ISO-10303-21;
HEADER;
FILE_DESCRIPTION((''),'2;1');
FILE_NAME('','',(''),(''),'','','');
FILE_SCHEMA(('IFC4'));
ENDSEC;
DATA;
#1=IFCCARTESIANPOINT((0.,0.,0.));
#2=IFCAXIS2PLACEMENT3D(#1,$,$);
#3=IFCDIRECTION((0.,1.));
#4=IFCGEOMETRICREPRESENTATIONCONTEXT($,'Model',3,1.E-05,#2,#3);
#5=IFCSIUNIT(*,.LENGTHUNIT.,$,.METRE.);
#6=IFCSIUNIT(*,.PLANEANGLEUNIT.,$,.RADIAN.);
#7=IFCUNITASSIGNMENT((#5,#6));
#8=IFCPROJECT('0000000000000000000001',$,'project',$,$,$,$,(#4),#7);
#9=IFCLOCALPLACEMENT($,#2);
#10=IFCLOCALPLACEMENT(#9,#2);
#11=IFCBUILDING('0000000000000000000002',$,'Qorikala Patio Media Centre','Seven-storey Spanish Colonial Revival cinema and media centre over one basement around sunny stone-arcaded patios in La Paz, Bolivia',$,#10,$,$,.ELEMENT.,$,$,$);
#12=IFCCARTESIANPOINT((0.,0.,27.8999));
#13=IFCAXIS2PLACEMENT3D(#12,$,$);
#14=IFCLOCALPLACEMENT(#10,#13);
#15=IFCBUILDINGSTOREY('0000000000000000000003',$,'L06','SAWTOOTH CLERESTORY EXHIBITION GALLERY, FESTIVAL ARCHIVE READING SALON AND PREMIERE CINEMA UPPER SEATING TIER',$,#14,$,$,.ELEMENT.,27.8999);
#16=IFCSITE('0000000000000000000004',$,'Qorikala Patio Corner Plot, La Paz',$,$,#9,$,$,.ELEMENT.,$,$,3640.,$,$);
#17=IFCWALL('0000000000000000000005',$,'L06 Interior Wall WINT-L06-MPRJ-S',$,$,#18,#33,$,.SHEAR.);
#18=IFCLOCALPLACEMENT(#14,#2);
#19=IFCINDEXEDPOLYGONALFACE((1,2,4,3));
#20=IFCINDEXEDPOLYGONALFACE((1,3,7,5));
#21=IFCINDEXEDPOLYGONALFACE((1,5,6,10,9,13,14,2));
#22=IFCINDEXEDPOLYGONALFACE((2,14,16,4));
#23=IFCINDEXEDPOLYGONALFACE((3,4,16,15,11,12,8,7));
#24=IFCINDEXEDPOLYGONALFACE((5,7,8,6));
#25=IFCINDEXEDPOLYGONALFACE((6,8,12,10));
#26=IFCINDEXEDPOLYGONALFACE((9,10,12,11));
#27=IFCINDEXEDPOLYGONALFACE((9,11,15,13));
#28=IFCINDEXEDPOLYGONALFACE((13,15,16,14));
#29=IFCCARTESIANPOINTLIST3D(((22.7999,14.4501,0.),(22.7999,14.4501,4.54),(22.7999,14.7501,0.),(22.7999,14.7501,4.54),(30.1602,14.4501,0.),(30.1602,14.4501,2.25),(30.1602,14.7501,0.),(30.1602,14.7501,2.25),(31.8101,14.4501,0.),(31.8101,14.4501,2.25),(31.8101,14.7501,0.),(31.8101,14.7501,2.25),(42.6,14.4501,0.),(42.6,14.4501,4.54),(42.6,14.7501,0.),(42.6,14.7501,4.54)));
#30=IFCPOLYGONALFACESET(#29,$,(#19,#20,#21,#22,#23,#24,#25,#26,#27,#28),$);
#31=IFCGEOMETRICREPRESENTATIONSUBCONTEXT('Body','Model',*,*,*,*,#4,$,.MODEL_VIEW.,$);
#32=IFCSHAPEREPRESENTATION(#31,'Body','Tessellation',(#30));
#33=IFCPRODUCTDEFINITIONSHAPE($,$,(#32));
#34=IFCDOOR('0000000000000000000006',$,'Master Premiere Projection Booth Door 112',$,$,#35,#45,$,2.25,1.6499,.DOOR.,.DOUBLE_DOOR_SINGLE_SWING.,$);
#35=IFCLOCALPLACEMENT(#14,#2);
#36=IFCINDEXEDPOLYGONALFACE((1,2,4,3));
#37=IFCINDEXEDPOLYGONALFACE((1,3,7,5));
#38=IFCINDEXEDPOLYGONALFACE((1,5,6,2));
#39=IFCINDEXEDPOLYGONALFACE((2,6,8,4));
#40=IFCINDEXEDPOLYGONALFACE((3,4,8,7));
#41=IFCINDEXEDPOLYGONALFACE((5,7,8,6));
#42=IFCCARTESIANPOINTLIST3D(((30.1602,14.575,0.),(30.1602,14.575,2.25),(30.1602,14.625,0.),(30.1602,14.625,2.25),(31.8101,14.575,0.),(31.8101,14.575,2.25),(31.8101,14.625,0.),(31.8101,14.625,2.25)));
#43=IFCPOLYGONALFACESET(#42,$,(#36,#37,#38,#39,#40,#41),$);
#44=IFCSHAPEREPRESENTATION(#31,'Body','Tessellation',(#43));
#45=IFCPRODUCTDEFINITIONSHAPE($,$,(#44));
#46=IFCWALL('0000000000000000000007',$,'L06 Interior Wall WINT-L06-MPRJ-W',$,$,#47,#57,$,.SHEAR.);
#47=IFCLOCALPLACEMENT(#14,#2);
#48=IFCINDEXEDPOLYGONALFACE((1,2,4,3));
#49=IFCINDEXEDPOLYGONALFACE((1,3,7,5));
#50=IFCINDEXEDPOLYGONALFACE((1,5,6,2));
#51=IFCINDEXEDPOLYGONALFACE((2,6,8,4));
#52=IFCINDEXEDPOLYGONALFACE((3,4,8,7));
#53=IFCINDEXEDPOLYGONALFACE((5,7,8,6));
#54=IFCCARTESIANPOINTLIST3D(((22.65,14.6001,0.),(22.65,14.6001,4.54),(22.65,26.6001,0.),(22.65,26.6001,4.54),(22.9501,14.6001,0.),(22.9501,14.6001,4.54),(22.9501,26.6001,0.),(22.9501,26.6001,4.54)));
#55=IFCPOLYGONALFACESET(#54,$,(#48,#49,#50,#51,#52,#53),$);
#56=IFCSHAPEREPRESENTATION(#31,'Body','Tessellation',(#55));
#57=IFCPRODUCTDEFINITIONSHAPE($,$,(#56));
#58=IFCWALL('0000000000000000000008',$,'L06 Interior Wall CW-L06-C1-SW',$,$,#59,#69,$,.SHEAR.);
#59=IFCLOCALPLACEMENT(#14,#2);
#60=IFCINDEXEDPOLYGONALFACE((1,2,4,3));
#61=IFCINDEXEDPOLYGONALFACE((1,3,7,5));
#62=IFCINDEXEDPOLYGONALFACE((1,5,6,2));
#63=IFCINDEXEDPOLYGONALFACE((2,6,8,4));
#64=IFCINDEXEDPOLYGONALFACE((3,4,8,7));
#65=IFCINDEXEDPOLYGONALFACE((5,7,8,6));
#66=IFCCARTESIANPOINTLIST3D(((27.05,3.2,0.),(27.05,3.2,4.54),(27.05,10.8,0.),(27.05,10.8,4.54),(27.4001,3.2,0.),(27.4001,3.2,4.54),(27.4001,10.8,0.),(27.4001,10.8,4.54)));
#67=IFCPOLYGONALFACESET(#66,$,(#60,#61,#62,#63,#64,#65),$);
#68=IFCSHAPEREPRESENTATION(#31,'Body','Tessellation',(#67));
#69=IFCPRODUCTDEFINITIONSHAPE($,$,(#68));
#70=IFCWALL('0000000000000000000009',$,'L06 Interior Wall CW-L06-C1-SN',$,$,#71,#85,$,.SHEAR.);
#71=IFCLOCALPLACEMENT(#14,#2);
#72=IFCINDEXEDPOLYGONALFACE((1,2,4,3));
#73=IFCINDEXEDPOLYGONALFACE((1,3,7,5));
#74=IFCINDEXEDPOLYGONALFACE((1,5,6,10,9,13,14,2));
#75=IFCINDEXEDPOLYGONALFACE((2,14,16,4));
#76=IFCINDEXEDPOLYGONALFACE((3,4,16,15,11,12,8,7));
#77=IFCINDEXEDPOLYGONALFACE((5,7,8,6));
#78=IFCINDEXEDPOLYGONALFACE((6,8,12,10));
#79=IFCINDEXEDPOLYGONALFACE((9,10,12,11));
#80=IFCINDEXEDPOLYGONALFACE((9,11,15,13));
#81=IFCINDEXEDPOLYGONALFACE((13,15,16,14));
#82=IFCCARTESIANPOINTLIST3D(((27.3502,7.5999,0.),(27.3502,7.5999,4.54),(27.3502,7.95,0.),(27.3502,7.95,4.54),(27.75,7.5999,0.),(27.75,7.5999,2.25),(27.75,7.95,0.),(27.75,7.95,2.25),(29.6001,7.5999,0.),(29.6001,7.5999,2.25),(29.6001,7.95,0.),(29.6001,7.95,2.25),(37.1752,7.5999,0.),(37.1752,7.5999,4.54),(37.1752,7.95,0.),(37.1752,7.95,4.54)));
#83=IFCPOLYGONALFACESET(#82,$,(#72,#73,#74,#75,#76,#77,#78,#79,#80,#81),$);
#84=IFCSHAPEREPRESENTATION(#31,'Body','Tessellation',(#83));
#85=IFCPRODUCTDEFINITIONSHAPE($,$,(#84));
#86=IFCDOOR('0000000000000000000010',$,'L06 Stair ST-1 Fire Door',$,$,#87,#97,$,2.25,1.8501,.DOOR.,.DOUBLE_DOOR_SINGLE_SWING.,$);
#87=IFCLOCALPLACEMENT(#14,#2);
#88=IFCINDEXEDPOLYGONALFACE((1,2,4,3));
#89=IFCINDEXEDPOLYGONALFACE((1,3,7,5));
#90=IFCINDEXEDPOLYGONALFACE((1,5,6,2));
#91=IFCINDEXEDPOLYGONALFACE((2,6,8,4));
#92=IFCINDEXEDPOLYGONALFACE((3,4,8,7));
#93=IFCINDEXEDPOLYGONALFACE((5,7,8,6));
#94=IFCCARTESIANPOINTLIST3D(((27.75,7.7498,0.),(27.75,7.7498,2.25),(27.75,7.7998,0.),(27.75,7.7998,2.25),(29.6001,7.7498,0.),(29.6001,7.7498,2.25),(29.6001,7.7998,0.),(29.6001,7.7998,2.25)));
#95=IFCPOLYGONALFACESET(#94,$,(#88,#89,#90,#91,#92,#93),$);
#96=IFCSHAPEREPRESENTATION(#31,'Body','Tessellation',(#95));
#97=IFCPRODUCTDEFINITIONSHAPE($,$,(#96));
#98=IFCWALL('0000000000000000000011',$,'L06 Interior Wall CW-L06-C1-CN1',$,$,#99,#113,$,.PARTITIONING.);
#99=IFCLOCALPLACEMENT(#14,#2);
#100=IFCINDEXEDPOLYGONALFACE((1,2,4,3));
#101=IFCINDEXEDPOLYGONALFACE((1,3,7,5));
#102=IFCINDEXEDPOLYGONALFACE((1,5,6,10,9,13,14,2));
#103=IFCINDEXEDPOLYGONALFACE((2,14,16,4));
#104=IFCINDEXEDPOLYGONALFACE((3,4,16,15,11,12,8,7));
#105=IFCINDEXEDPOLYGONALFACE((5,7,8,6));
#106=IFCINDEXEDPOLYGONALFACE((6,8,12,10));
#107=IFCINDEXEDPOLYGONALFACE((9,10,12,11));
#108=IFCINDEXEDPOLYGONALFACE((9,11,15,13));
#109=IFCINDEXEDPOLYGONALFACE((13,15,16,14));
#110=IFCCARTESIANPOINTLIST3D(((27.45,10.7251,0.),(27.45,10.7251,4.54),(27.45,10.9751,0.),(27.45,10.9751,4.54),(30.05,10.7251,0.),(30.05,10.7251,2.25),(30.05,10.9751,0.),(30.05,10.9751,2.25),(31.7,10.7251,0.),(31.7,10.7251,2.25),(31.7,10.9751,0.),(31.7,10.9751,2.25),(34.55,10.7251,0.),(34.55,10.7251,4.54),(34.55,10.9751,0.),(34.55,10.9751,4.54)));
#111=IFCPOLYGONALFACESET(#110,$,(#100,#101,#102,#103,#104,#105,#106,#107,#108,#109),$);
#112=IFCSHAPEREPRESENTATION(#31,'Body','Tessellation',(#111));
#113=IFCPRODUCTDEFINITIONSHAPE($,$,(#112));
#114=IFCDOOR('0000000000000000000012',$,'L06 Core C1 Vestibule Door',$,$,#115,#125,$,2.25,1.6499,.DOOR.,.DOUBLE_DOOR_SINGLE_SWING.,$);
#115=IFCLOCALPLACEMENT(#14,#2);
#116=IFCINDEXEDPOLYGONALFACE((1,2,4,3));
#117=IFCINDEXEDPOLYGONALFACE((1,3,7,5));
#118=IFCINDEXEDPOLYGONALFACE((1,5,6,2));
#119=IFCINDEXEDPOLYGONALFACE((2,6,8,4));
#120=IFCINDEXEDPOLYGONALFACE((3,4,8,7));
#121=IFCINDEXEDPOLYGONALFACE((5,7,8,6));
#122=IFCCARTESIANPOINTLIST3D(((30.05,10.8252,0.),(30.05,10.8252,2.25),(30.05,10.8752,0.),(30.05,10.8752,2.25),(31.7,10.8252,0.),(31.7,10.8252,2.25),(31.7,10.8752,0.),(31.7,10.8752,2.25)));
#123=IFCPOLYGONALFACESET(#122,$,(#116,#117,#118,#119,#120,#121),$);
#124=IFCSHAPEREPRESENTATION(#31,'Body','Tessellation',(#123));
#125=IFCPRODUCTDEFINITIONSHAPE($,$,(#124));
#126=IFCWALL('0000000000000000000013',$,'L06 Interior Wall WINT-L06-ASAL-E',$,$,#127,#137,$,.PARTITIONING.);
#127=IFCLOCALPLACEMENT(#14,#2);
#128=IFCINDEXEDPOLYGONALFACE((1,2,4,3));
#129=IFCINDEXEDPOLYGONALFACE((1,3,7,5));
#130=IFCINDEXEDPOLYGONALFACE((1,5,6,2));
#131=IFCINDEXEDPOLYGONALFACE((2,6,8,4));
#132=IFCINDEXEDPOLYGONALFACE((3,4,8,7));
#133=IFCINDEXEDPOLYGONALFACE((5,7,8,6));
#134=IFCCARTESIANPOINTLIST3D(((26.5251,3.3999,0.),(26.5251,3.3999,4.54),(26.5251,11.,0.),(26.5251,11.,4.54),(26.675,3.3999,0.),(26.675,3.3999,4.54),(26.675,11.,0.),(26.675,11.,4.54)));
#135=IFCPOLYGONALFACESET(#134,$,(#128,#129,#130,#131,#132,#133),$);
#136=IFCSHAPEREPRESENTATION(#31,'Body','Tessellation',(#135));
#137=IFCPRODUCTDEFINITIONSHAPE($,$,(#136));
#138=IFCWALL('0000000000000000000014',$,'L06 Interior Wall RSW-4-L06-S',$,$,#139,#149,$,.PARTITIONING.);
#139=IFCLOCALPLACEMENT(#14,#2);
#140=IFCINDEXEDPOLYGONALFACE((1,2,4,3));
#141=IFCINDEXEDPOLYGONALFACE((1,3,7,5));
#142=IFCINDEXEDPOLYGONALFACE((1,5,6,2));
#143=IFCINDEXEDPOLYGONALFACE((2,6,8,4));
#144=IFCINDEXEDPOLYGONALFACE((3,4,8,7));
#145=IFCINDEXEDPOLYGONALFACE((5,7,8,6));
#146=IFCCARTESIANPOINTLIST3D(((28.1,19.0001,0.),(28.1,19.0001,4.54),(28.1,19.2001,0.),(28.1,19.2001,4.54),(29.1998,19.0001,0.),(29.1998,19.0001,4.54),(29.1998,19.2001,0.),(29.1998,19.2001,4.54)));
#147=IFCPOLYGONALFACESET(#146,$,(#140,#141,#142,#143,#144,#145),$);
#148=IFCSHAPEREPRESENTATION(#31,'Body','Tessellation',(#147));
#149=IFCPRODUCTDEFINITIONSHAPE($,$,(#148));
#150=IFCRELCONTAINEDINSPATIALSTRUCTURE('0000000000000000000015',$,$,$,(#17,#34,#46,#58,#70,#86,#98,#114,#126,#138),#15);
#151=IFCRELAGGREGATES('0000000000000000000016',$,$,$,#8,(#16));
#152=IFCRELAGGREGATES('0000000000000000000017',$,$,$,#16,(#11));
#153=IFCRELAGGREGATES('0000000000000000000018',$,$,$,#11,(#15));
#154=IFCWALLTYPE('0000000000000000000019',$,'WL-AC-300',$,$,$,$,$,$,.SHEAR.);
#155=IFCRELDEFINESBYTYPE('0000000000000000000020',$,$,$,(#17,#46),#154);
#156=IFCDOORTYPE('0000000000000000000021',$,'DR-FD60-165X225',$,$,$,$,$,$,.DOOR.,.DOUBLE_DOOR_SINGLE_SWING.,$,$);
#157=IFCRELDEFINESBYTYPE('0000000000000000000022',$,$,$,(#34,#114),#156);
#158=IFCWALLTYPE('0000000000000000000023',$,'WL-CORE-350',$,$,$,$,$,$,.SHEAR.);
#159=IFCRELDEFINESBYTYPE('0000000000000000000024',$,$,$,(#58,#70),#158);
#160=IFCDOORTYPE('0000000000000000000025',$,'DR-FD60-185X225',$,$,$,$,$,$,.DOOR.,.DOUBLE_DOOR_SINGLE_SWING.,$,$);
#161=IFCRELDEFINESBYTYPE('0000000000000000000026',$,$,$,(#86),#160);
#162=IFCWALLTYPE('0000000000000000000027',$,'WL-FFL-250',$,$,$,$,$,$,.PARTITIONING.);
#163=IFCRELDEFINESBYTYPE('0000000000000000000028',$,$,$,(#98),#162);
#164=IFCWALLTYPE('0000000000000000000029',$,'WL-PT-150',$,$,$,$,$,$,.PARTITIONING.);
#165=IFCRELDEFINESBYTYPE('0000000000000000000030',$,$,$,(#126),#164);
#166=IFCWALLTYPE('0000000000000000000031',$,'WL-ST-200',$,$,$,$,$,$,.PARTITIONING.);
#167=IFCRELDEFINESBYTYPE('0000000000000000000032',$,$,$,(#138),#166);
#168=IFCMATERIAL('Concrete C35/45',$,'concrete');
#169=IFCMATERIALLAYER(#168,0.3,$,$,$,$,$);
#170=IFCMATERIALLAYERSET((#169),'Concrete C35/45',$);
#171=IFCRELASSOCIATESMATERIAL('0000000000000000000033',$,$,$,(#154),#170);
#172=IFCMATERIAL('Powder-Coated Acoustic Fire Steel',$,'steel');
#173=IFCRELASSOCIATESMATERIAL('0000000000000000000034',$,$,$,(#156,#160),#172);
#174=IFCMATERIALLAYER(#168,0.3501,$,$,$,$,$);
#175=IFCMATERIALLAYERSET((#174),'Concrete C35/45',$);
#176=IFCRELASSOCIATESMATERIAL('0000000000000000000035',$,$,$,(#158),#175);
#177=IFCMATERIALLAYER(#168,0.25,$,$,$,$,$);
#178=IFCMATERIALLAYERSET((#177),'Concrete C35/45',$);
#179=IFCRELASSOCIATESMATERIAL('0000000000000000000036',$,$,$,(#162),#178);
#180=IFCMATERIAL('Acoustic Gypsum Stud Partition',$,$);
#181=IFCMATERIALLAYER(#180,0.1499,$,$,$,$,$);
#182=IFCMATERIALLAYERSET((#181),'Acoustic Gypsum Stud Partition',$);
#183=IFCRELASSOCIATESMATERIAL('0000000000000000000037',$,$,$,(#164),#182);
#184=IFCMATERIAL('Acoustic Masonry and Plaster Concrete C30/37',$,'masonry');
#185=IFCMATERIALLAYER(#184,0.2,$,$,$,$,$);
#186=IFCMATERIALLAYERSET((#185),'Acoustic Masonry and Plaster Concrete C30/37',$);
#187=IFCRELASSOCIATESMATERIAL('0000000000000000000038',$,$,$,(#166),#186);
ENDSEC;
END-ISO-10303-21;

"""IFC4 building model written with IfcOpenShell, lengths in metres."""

from ifc_helpers import new_model, si_unit, direction, frame, frame_2d, origin, place, context, subcontext, project, spatial, rectangle, extrude, material, layer, layer_set, type_object, element, fill, save


model = new_model("IFC4")

# Units and contexts
model_context = context("Model", 3, precision=1e-05, world=origin(), true_north=direction((0.0, 1.0)))
body_context = subcontext(model_context, "Body", "Model", "MODEL_VIEW")
ifc_project = project(units=[si_unit("LENGTHUNIT", "METRE"), si_unit("PLANEANGLEUNIT", "RADIAN")], contexts=[model_context])

# Site, building, storey
site_placement = place(None, origin())
site = spatial("IfcSite", under=ifc_project, at=site_placement, Name="Qorikala Patio Corner Plot, La Paz", CompositionType="ELEMENT", RefElevation=3640.0)
building_placement = place(site_placement, origin())
building = spatial("IfcBuilding", under=site, at=building_placement, Name="Qorikala Patio Media Centre", Description="Seven-storey Spanish Colonial Revival cinema and media centre over one basement around sunny stone-arcaded patios in La Paz, Bolivia", CompositionType="ELEMENT")
storey_placement = place(building_placement, frame((0.0, 0.0, 27.8999)))
storey = spatial("IfcBuildingStorey", under=building, at=storey_placement, Name="L06", Description="SAWTOOTH CLERESTORY EXHIBITION GALLERY, FESTIVAL ARCHIVE READING SALON AND PREMIERE CINEMA UPPER SEATING TIER", CompositionType="ELEMENT", Elevation=27.8999)

# Shared definitions
ifc_material_1 = material(Name="Concrete C35/45", Category="concrete")

# Wall, opening, door
ifc_layer_1 = layer(ifc_material_1, 0.3)
ifc_layer_set_1 = layer_set([ifc_layer_1], Name="Concrete C35/45")
wall_type_1 = type_object("IfcWallType", Name="WL-AC-300", PredefinedType="SHEAR", material=ifc_layer_set_1)
wall_1_placement = place(storey_placement, frame((22.8, 14.6001, 0.0), z_axis=(0.0, 0.0, 1.0), x_axis=(1.0, 0.0, 0.0)))
wall_1 = element("IfcWall", 1, at=wall_1_placement, inside=storey, type_object=wall_type_1, Name="L06 Interior Wall WINT-L06-MPRJ-S", PredefinedType="SHEAR", context=body_context, shape_type="SweptSolid", body=[
    extrude(rectangle(XDim=19.8, YDim=0.3, at=frame_2d((9.8999, 0.0))), origin(), (0.0, 0.0, 1.0), 4.54),
])
opening_1_placement = place(wall_1_placement, frame((7.3601, 0.0, 0.0)))
opening_1 = element("IfcOpeningElement", 2, at=opening_1_placement, cuts=wall_1, PredefinedType="OPENING", context=body_context, shape_type="SweptSolid", body=[
    extrude(rectangle(XDim=1.6499, YDim=2.25, at=frame_2d((0.825, 1.125))), frame((0.0, 0.1599, 0.0), z_axis=(0.0, -1.0, 0.0), x_axis=(1.0, 0.0, 0.0)), (0.0, 0.0, 1.0), 0.3201),
])
ifc_material_2 = material(Name="Powder-Coated Acoustic Fire Steel", Category="steel")
door_type_1 = type_object("IfcDoorType", Name="DR-FD60-165X225", OperationType="DOUBLE_DOOR_SINGLE_SWING", PredefinedType="DOOR", material=ifc_material_2)
door_1_placement = place(opening_1_placement, origin())
door_1 = element("IfcDoor", 3, at=door_1_placement, inside=storey, type_object=door_type_1, Name="Master Premiere Projection Booth Door 112", OperationType="DOUBLE_DOOR_SINGLE_SWING", OverallHeight=2.25, OverallWidth=1.6499, PredefinedType="DOOR", context=body_context, shape_type="SweptSolid", body=[
    extrude(rectangle(XDim=1.6499, YDim=2.25, at=frame_2d((0.825, 1.125))), frame((0.0, 0.0249, 0.0), z_axis=(0.0, -1.0, 0.0), x_axis=(1.0, 0.0, 0.0)), (0.0, 0.0, 1.0), 0.05),
])
fill(opening_1, door_1)

# Walls
wall_2_placement = place(storey_placement, frame((22.8, 14.6001, 0.0), z_axis=(0.0, 0.0, 1.0), x_axis=(0.0, 1.0, 0.0)))
element("IfcWall", 4, at=wall_2_placement, inside=storey, type_object=wall_type_1, Name="L06 Interior Wall WINT-L06-MPRJ-W", PredefinedType="SHEAR", context=body_context, shape_type="SweptSolid", body=[
    extrude(rectangle(XDim=12.0, YDim=0.3, at=frame_2d((6.0, 0.0))), origin(), (0.0, 0.0, 1.0), 4.54),
])
ifc_layer_2 = layer(ifc_material_1, 0.3501)
ifc_layer_set_2 = layer_set([ifc_layer_2], Name="Concrete C35/45")
wall_type_2 = type_object("IfcWallType", Name="WL-CORE-350", PredefinedType="SHEAR", material=ifc_layer_set_2)
wall_3_placement = place(storey_placement, frame((27.2251, 3.2, 0.0), z_axis=(0.0, 0.0, 1.0), x_axis=(0.0, 1.0, 0.0)))
element("IfcWall", 5, at=wall_3_placement, inside=storey, type_object=wall_type_2, Name="L06 Interior Wall CW-L06-C1-SW", PredefinedType="SHEAR", context=body_context, shape_type="SweptSolid", body=[
    extrude(rectangle(XDim=7.6001, YDim=0.3501, at=frame_2d((3.8, 0.0))), origin(), (0.0, 0.0, 1.0), 4.54),
])

# Walls, openings, doors
wall_4_placement = place(storey_placement, frame((27.3501, 7.7749, 0.0), z_axis=(0.0, 0.0, 1.0), x_axis=(1.0, 0.0, 0.0)))
wall_4 = element("IfcWall", 6, at=wall_4_placement, inside=storey, type_object=wall_type_2, Name="L06 Interior Wall CW-L06-C1-SN", PredefinedType="SHEAR", context=body_context, shape_type="SweptSolid", body=[
    extrude(rectangle(XDim=9.825, YDim=0.3501, at=frame_2d((4.9126, 0.0))), origin(), (0.0, 0.0, 1.0), 4.54),
])
opening_2_placement = place(wall_4_placement, frame((0.3999, 0.0, 0.0)))
opening_2 = element("IfcOpeningElement", 7, at=opening_2_placement, cuts=wall_4, PredefinedType="OPENING", context=body_context, shape_type="SweptSolid", body=[
    extrude(rectangle(XDim=1.8501, YDim=2.25, at=frame_2d((0.925, 1.125))), frame((0.0, 0.1851, 0.0), z_axis=(0.0, -1.0, 0.0), x_axis=(1.0, 0.0, 0.0)), (0.0, 0.0, 1.0), 0.3701),
])
door_type_2 = type_object("IfcDoorType", Name="DR-FD60-185X225", OperationType="DOUBLE_DOOR_SINGLE_SWING", PredefinedType="DOOR", material=ifc_material_2)
door_2_placement = place(opening_2_placement, origin())
door_2 = element("IfcDoor", 8, at=door_2_placement, inside=storey, type_object=door_type_2, Name="L06 Stair ST-1 Fire Door", OperationType="DOUBLE_DOOR_SINGLE_SWING", OverallHeight=2.25, OverallWidth=1.8501, PredefinedType="DOOR", context=body_context, shape_type="SweptSolid", body=[
    extrude(rectangle(XDim=1.8501, YDim=2.25, at=frame_2d((0.925, 1.125))), frame((0.0, 0.0249, 0.0), z_axis=(0.0, -1.0, 0.0), x_axis=(1.0, 0.0, 0.0)), (0.0, 0.0, 1.0), 0.05),
])
fill(opening_2, door_2)
ifc_layer_3 = layer(ifc_material_1, 0.25)
ifc_layer_set_3 = layer_set([ifc_layer_3], Name="Concrete C35/45")
wall_type_3 = type_object("IfcWallType", Name="WL-FFL-250", PredefinedType="PARTITIONING", material=ifc_layer_set_3)
wall_5_placement = place(storey_placement, frame((27.45, 10.8501, 0.0), z_axis=(0.0, 0.0, 1.0), x_axis=(1.0, 0.0, 0.0)))
wall_5 = element("IfcWall", 9, at=wall_5_placement, inside=storey, type_object=wall_type_3, Name="L06 Interior Wall CW-L06-C1-CN1", PredefinedType="PARTITIONING", context=body_context, shape_type="SweptSolid", body=[
    extrude(rectangle(XDim=7.1001, YDim=0.25, at=frame_2d((3.55, 0.0))), origin(), (0.0, 0.0, 1.0), 4.54),
])
opening_3_placement = place(wall_5_placement, frame((2.6001, 0.0, 0.0)))
opening_3 = element("IfcOpeningElement", 10, at=opening_3_placement, cuts=wall_5, PredefinedType="OPENING", context=body_context, shape_type="SweptSolid", body=[
    extrude(rectangle(XDim=1.6499, YDim=2.25, at=frame_2d((0.825, 1.125))), frame((0.0, 0.135, 0.0), z_axis=(0.0, -1.0, 0.0), x_axis=(1.0, 0.0, 0.0)), (0.0, 0.0, 1.0), 0.27),
])
door_3_placement = place(opening_3_placement, frame((1.6499, 0.0, 0.0), z_axis=(0.0, 0.0, 1.0), x_axis=(-1.0, 0.0, 0.0)))
door_3 = element("IfcDoor", 11, at=door_3_placement, inside=storey, type_object=door_type_1, Name="L06 Core C1 Vestibule Door", OperationType="DOUBLE_DOOR_SINGLE_SWING", OverallHeight=2.25, OverallWidth=1.6499, PredefinedType="DOOR", context=body_context, shape_type="SweptSolid", body=[
    extrude(rectangle(XDim=1.6499, YDim=2.25, at=frame_2d((0.825, 1.125))), frame((0.0, 0.0249, 0.0), z_axis=(0.0, -1.0, 0.0), x_axis=(1.0, 0.0, 0.0)), (0.0, 0.0, 1.0), 0.05),
])
fill(opening_3, door_3)

# Walls
ifc_material_3 = material(Name="Acoustic Gypsum Stud Partition")
ifc_layer_4 = layer(ifc_material_3, 0.1499)
ifc_layer_set_4 = layer_set([ifc_layer_4], Name="Acoustic Gypsum Stud Partition")
wall_type_4 = type_object("IfcWallType", Name="WL-PT-150", PredefinedType="PARTITIONING", material=ifc_layer_set_4)
wall_6_placement = place(storey_placement, frame((26.6001, 3.3999, 0.0), z_axis=(0.0, 0.0, 1.0), x_axis=(0.0, 1.0, 0.0)))
element("IfcWall", 12, at=wall_6_placement, inside=storey, type_object=wall_type_4, Name="L06 Interior Wall WINT-L06-ASAL-E", PredefinedType="PARTITIONING", context=body_context, shape_type="SweptSolid", body=[
    extrude(rectangle(XDim=7.6001, YDim=0.1499, at=frame_2d((3.8, 0.0))), origin(), (0.0, 0.0, 1.0), 4.54),
])
ifc_material_4 = material(Name="Acoustic Masonry and Plaster Concrete C30/37", Category="masonry")
ifc_layer_5 = layer(ifc_material_4, 0.2)
ifc_layer_set_5 = layer_set([ifc_layer_5], Name="Acoustic Masonry and Plaster Concrete C30/37")
wall_type_5 = type_object("IfcWallType", Name="WL-ST-200", PredefinedType="PARTITIONING", material=ifc_layer_set_5)
wall_7_placement = place(storey_placement, frame((28.1001, 19.1001, 0.0), z_axis=(0.0, 0.0, 1.0), x_axis=(1.0, 0.0, 0.0)))
element("IfcWall", 13, at=wall_7_placement, inside=storey, type_object=wall_type_5, Name="L06 Interior Wall RSW-4-L06-S", PredefinedType="PARTITIONING", context=body_context, shape_type="SweptSolid", body=[
    extrude(rectangle(XDim=1.0999, YDim=0.2, at=frame_2d((0.5498, 0.0))), origin(), (0.0, 0.0, 1.0), 4.54),
])

save(model, "model.ifc")
